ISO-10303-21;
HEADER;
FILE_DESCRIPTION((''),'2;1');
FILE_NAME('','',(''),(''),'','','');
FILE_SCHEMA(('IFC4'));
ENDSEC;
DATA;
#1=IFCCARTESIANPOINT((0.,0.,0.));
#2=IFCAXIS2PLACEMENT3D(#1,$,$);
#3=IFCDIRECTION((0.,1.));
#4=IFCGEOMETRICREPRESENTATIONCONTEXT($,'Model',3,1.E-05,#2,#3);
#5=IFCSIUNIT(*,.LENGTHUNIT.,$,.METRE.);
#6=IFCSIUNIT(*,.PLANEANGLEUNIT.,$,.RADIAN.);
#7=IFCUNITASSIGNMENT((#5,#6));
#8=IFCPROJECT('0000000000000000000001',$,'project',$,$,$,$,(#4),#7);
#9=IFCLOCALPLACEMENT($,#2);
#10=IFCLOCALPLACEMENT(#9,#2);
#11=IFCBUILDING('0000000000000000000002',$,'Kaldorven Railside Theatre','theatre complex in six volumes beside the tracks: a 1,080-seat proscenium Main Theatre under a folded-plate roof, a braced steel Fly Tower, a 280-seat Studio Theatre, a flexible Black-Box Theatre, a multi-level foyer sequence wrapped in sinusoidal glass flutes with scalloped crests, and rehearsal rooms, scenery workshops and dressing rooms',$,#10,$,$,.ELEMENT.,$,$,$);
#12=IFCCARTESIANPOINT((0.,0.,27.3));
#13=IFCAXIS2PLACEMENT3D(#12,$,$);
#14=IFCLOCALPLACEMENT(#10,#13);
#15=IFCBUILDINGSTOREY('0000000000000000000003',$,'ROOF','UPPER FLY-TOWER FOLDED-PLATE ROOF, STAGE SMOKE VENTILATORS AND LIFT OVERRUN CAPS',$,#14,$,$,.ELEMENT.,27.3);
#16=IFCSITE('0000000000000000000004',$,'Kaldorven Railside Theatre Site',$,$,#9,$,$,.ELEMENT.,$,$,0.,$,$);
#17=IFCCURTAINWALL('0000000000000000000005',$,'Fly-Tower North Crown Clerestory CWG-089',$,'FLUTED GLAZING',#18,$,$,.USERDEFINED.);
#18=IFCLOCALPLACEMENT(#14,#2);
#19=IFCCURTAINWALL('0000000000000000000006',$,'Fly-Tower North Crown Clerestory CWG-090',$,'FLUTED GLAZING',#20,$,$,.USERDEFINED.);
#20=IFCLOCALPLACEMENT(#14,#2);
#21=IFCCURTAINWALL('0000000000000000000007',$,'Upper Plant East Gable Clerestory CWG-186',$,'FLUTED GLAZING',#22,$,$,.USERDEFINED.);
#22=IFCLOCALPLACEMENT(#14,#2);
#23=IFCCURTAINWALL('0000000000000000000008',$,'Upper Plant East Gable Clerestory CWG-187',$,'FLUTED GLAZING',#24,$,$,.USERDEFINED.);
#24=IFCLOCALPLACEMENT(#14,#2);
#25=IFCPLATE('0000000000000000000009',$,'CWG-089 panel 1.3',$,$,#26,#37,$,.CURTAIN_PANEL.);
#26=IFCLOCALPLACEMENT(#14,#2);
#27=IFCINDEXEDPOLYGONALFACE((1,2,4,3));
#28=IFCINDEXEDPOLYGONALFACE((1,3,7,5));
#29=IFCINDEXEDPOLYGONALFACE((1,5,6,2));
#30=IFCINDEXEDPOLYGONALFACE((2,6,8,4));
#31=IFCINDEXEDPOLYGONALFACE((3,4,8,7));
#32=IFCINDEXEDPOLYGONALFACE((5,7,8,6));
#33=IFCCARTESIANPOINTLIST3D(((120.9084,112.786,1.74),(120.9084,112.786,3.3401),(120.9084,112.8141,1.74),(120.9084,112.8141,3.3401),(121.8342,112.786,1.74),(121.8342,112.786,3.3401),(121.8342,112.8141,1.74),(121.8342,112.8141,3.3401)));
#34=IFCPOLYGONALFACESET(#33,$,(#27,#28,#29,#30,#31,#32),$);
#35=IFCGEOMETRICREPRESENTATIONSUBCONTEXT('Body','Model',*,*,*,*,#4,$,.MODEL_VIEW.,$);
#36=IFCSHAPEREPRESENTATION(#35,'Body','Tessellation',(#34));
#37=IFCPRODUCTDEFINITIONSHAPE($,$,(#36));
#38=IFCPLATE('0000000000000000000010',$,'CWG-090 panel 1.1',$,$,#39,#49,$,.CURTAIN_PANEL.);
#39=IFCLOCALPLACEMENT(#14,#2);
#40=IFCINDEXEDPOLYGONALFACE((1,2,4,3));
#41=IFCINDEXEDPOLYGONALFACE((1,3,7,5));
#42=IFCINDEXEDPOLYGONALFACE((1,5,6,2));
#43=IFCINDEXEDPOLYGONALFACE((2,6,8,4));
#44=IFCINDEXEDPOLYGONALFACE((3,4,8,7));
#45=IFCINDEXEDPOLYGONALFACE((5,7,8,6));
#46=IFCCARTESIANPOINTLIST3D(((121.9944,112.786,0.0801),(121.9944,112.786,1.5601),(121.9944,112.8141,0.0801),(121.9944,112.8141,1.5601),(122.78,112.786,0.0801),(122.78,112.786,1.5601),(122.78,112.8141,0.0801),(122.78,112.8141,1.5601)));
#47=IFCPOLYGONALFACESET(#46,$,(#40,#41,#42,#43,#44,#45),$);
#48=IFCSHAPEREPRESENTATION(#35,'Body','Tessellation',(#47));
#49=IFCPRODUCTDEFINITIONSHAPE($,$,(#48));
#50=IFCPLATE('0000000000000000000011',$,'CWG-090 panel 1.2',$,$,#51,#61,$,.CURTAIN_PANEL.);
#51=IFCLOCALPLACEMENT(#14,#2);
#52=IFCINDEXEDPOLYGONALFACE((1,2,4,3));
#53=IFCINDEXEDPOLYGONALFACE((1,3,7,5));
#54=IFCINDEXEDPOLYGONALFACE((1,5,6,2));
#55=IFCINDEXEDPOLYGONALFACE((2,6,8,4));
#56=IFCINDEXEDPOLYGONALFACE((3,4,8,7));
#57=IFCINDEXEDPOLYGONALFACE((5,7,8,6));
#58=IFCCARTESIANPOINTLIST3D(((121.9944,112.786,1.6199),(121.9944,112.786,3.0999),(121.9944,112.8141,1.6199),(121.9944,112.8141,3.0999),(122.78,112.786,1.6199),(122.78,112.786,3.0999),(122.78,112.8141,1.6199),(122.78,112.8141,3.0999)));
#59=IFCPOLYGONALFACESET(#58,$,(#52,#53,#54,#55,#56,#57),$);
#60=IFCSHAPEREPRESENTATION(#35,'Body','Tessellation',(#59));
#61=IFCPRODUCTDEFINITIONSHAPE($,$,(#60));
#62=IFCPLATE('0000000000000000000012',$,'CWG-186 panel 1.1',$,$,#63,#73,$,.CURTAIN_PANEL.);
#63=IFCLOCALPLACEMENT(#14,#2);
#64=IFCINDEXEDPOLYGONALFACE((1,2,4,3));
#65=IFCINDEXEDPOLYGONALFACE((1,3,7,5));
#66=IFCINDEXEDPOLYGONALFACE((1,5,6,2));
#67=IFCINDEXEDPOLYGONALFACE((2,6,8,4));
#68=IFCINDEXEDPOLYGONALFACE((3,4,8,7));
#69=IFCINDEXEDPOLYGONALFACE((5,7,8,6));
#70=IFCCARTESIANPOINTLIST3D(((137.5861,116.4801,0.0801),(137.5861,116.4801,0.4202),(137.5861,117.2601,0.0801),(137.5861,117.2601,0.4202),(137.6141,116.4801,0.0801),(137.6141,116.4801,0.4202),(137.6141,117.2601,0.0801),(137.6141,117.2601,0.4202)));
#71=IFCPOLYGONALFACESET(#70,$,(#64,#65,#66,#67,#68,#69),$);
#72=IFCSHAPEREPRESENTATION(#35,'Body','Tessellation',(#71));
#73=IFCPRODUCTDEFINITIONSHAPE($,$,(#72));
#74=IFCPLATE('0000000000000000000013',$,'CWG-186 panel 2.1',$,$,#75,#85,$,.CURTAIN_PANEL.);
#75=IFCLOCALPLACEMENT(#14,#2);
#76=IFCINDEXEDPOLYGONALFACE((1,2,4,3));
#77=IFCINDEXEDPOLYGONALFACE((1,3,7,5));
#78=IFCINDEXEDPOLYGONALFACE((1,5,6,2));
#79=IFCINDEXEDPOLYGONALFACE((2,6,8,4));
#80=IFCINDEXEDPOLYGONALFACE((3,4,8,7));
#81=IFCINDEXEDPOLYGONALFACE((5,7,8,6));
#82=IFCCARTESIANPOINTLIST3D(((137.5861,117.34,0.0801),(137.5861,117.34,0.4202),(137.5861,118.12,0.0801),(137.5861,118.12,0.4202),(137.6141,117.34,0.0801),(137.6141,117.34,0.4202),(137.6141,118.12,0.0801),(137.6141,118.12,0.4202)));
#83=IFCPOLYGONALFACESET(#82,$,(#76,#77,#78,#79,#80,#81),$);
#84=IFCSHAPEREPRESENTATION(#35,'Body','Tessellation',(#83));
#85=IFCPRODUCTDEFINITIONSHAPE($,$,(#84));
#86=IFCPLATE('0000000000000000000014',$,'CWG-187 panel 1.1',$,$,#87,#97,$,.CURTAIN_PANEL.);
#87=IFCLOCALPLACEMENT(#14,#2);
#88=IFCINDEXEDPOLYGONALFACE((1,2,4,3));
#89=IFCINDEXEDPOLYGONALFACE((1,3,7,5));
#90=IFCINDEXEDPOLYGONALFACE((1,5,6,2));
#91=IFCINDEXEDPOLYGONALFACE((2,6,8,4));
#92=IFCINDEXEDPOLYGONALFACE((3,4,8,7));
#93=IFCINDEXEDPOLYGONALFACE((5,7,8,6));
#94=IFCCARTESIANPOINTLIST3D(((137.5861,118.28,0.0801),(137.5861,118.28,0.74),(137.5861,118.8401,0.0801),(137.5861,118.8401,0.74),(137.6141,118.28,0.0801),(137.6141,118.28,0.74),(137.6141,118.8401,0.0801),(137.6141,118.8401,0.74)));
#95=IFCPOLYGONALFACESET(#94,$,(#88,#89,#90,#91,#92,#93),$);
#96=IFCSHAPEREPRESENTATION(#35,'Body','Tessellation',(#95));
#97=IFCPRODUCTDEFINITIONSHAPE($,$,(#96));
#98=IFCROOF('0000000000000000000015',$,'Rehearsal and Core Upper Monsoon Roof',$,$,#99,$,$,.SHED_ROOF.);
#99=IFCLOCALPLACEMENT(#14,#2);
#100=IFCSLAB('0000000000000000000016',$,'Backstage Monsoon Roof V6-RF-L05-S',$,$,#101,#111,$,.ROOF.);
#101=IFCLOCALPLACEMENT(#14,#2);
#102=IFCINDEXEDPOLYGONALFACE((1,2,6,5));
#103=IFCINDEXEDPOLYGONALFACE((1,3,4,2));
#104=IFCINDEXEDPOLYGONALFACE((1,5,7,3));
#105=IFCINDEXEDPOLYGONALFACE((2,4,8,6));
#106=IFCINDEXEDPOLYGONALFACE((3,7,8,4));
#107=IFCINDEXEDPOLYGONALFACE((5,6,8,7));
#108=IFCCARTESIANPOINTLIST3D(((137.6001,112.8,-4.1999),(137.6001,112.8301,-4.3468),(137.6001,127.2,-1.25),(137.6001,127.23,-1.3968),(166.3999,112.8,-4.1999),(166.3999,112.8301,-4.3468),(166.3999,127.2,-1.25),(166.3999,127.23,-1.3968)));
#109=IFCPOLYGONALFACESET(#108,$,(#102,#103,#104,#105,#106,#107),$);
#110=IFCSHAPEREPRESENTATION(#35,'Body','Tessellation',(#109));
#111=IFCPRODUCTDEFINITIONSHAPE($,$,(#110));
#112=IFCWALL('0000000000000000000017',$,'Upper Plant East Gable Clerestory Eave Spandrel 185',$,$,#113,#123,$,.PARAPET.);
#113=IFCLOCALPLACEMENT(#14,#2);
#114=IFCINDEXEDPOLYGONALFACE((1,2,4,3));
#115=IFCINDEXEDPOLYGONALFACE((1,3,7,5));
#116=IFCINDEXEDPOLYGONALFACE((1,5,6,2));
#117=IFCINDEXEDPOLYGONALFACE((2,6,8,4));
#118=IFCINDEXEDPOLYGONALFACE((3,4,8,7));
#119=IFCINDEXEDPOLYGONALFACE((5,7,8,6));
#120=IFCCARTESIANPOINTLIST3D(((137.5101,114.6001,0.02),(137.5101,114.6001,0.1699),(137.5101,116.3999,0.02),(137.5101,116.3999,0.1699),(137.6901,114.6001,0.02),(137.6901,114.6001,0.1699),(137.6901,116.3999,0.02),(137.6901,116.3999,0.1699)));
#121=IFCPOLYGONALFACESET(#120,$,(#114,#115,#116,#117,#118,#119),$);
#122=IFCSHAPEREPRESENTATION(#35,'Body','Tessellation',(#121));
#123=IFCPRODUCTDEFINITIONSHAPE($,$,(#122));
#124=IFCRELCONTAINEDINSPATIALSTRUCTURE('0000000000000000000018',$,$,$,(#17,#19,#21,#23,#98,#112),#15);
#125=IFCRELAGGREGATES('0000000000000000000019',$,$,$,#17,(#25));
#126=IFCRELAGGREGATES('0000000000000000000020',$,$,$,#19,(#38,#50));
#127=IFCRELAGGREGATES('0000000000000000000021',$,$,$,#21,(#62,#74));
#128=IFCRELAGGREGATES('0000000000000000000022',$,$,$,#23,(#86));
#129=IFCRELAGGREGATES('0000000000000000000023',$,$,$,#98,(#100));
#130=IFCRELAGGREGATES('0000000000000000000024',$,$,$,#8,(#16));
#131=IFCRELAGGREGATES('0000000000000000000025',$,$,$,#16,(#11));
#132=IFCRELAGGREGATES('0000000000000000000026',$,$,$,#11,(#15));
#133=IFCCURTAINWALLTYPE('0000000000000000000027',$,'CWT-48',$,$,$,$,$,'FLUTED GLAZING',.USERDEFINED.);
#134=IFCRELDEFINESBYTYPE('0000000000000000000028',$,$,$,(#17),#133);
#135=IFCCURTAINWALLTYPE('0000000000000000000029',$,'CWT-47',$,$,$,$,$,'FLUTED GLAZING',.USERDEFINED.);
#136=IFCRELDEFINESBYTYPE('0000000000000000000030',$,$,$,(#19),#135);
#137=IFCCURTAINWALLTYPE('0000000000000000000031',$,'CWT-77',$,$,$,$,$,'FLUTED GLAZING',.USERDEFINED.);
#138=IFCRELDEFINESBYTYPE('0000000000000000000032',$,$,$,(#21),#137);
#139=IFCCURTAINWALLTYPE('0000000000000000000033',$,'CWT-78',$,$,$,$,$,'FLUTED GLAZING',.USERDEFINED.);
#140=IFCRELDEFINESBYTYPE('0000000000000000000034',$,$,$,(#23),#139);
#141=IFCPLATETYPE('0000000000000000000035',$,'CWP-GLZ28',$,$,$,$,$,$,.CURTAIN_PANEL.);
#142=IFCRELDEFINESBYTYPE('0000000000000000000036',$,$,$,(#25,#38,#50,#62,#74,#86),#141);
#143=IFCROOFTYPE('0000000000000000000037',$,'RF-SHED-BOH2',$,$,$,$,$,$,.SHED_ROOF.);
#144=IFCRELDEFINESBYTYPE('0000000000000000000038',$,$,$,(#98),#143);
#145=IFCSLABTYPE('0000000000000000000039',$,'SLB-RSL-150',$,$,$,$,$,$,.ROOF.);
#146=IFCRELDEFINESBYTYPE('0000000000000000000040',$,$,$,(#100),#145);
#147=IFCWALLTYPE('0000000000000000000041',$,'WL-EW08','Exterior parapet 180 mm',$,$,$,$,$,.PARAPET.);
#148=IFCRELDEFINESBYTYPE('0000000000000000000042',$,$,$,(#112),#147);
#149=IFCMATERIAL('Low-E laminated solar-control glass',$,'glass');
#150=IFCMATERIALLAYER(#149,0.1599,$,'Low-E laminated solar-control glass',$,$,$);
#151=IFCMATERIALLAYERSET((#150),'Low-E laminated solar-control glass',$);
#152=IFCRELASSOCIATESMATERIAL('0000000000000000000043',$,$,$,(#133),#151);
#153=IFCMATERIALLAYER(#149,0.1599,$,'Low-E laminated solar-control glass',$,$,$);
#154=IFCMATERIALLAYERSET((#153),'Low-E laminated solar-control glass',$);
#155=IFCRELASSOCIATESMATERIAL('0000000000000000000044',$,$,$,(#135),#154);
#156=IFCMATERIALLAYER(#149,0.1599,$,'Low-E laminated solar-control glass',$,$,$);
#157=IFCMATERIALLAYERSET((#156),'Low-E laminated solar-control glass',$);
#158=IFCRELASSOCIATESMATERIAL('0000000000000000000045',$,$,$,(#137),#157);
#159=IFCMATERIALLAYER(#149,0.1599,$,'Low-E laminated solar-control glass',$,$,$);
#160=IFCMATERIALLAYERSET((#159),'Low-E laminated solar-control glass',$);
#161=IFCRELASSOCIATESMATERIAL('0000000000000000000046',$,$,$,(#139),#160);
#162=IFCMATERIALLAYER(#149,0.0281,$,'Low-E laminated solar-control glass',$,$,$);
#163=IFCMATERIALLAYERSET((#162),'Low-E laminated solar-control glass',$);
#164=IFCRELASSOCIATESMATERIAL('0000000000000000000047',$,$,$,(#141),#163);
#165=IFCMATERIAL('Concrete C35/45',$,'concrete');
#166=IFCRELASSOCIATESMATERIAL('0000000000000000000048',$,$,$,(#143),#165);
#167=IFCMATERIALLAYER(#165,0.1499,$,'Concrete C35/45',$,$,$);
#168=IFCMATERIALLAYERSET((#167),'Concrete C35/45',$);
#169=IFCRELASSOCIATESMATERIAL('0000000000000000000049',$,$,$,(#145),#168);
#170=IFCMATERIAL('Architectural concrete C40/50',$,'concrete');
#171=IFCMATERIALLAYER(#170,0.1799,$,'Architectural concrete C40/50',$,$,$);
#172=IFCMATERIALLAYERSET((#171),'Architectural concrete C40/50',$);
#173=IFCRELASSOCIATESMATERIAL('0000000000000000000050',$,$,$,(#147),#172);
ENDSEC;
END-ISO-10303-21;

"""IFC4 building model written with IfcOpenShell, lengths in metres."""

from ifc_helpers import new_model, si_unit, direction, frame, frame_2d, origin, origin_2d, place, context, subcontext, project, spatial, polyline, rectangle, outline, extrude, material, layer, layer_set, type_object, element, aggregate, save


model = new_model("IFC4")

# Units and contexts
model_context = context("Model", 3, precision=1e-05, world=origin(), true_north=direction((0.0, 1.0)))
body_context = subcontext(model_context, "Body", "Model", "MODEL_VIEW")
ifc_project = project(units=[si_unit("LENGTHUNIT", "METRE"), si_unit("PLANEANGLEUNIT", "RADIAN")], contexts=[model_context])

# Site, building, storey
site_placement = place(None, origin())
site = spatial("IfcSite", under=ifc_project, at=site_placement, Name="Kaldorven Railside Theatre Site", CompositionType="ELEMENT", RefElevation=0.0)
building_placement = place(site_placement, origin())
building = spatial("IfcBuilding", under=site, at=building_placement, Name="Kaldorven Railside Theatre", Description="theatre complex in six volumes beside the tracks: a 1,080-seat proscenium Main Theatre under a folded-plate roof, a braced steel Fly Tower, a 280-seat Studio Theatre, a flexible Black-Box Theatre, a multi-level foyer sequence wrapped in sinusoidal glass flutes with scalloped crests, and rehearsal rooms, scenery workshops and dressing rooms", CompositionType="ELEMENT")
storey_placement = place(building_placement, frame((0.0, 0.0, 27.3)))
storey = spatial("IfcBuildingStorey", under=building, at=storey_placement, Name="ROOF", Description="UPPER FLY-TOWER FOLDED-PLATE ROOF, STAGE SMOKE VENTILATORS AND LIFT OVERRUN CAPS", CompositionType="ELEMENT", Elevation=27.3)

# Curtain wall
ifc_material_1 = material(Name="Low-E laminated solar-control glass", Category="glass")
ifc_layer_1 = layer(ifc_material_1, 0.1599, Name="Low-E laminated solar-control glass")
ifc_layer_set_1 = layer_set([ifc_layer_1], Name="Low-E laminated solar-control glass")
curtain_wall_type_1 = type_object("IfcCurtainWallType", Name="CWT-48", ElementType="FLUTED GLAZING", PredefinedType="USERDEFINED", material=ifc_layer_set_1)
curtain_wall_1_placement = place(storey_placement, origin())
curtain_wall_1 = element("IfcCurtainWall", 1, at=curtain_wall_1_placement, inside=storey, type_object=curtain_wall_type_1, Name="Fly-Tower North Crown Clerestory CWG-089", ObjectType="FLUTED GLAZING", PredefinedType="USERDEFINED")

# Curtain walls
ifc_layer_2 = layer(ifc_material_1, 0.1599, Name="Low-E laminated solar-control glass")
ifc_layer_set_2 = layer_set([ifc_layer_2], Name="Low-E laminated solar-control glass")
curtain_wall_type_2 = type_object("IfcCurtainWallType", Name="CWT-47", ElementType="FLUTED GLAZING", PredefinedType="USERDEFINED", material=ifc_layer_set_2)
curtain_wall_2_placement = place(storey_placement, origin())
curtain_wall_2 = element("IfcCurtainWall", 2, at=curtain_wall_2_placement, inside=storey, type_object=curtain_wall_type_2, Name="Fly-Tower North Crown Clerestory CWG-090", ObjectType="FLUTED GLAZING", PredefinedType="USERDEFINED")
ifc_layer_3 = layer(ifc_material_1, 0.1599, Name="Low-E laminated solar-control glass")
ifc_layer_set_3 = layer_set([ifc_layer_3], Name="Low-E laminated solar-control glass")
curtain_wall_type_3 = type_object("IfcCurtainWallType", Name="CWT-77", ElementType="FLUTED GLAZING", PredefinedType="USERDEFINED", material=ifc_layer_set_3)
curtain_wall_3_placement = place(storey_placement, origin())
curtain_wall_3 = element("IfcCurtainWall", 3, at=curtain_wall_3_placement, inside=storey, type_object=curtain_wall_type_3, Name="Upper Plant East Gable Clerestory CWG-186", ObjectType="FLUTED GLAZING", PredefinedType="USERDEFINED")
ifc_layer_4 = layer(ifc_material_1, 0.1599, Name="Low-E laminated solar-control glass")
ifc_layer_set_4 = layer_set([ifc_layer_4], Name="Low-E laminated solar-control glass")
curtain_wall_type_4 = type_object("IfcCurtainWallType", Name="CWT-78", ElementType="FLUTED GLAZING", PredefinedType="USERDEFINED", material=ifc_layer_set_4)
curtain_wall_4_placement = place(storey_placement, origin())
curtain_wall_4 = element("IfcCurtainWall", 4, at=curtain_wall_4_placement, inside=storey, type_object=curtain_wall_type_4, Name="Upper Plant East Gable Clerestory CWG-187", ObjectType="FLUTED GLAZING", PredefinedType="USERDEFINED")

# Plates
ifc_layer_5 = layer(ifc_material_1, 0.0281, Name="Low-E laminated solar-control glass")
ifc_layer_set_5 = layer_set([ifc_layer_5], Name="Low-E laminated solar-control glass")
plate_type = type_object("IfcPlateType", Name="CWP-GLZ28", PredefinedType="CURTAIN_PANEL", material=ifc_layer_set_5)
plate_1_placement = place(storey_placement, frame((121.3713, 112.8, 1.74), z_axis=(0.0, 0.0, 1.0), x_axis=(1.0, 0.0, 0.0)))
plate_1 = element("IfcPlate", 5, at=plate_1_placement, type_object=plate_type, Name="CWG-089 panel 1.3", PredefinedType="CURTAIN_PANEL", context=body_context, shape_type="SweptSolid", body=[
    extrude(rectangle(XDim=0.9258, YDim=0.0281, at=origin_2d()), origin(), (0.0, 0.0, 1.0), 1.6001),
])
aggregate(curtain_wall_1, [plate_1])
plate_2_placement = place(storey_placement, frame((122.3872, 112.8, 0.0801), z_axis=(0.0, 0.0, 1.0), x_axis=(1.0, 0.0, 0.0)))
plate_2 = element("IfcPlate", 6, at=plate_2_placement, type_object=plate_type, Name="CWG-090 panel 1.1", PredefinedType="CURTAIN_PANEL", context=body_context, shape_type="SweptSolid", body=[
    extrude(rectangle(XDim=0.7856, YDim=0.0281, at=origin_2d()), origin(), (0.0, 0.0, 1.0), 1.48),
])
plate_3_placement = place(storey_placement, frame((122.3872, 112.8, 1.6199), z_axis=(0.0, 0.0, 1.0), x_axis=(1.0, 0.0, 0.0)))
plate_3 = element("IfcPlate", 7, at=plate_3_placement, type_object=plate_type, Name="CWG-090 panel 1.2", PredefinedType="CURTAIN_PANEL", context=body_context, shape_type="SweptSolid", body=[
    extrude(rectangle(XDim=0.7856, YDim=0.0281, at=origin_2d()), origin(), (0.0, 0.0, 1.0), 1.48),
])
aggregate(curtain_wall_2, [plate_2, plate_3])
plate_4_placement = place(storey_placement, frame((137.6001, 116.8701, 0.0801), z_axis=(0.0, 0.0, 1.0), x_axis=(0.0, 1.0, 0.0)))
plate_4 = element("IfcPlate", 8, at=plate_4_placement, type_object=plate_type, Name="CWG-186 panel 1.1", PredefinedType="CURTAIN_PANEL", context=body_context, shape_type="SweptSolid", body=[
    extrude(rectangle(XDim=0.78, YDim=0.0281, at=origin_2d()), origin(), (0.0, 0.0, 1.0), 0.3401),
])
plate_5_placement = place(storey_placement, frame((137.6001, 117.73, 0.0801), z_axis=(0.0, 0.0, 1.0), x_axis=(0.0, 1.0, 0.0)))
plate_5 = element("IfcPlate", 9, at=plate_5_placement, type_object=plate_type, Name="CWG-186 panel 2.1", PredefinedType="CURTAIN_PANEL", context=body_context, shape_type="SweptSolid", body=[
    extrude(rectangle(XDim=0.78, YDim=0.0281, at=origin_2d()), origin(), (0.0, 0.0, 1.0), 0.3401),
])
aggregate(curtain_wall_3, [plate_4, plate_5])
plate_6_placement = place(storey_placement, frame((137.6001, 118.5601, 0.0801), z_axis=(0.0, 0.0, 1.0), x_axis=(0.0, 1.0, 0.0)))
plate_6 = element("IfcPlate", 10, at=plate_6_placement, type_object=plate_type, Name="CWG-187 panel 1.1", PredefinedType="CURTAIN_PANEL", context=body_context, shape_type="SweptSolid", body=[
    extrude(rectangle(XDim=0.5601, YDim=0.0281, at=origin_2d()), origin(), (0.0, 0.0, 1.0), 0.6599),
])
aggregate(curtain_wall_4, [plate_6])

# Roof, slab
ifc_material_2 = material(Name="Concrete C35/45", Category="concrete")
roof_type = type_object("IfcRoofType", Name="RF-SHED-BOH2", PredefinedType="SHED_ROOF", material=ifc_material_2)
roof_placement = place(storey_placement, origin())
roof = element("IfcRoof", 11, at=roof_placement, inside=storey, type_object=roof_type, Name="Rehearsal and Core Upper Monsoon Roof", PredefinedType="SHED_ROOF")
ifc_layer_6 = layer(ifc_material_2, 0.1499, Name="Concrete C35/45")
ifc_layer_set_6 = layer_set([ifc_layer_6], Name="Concrete C35/45")
slab_type = type_object("IfcSlabType", Name="SLB-RSL-150", PredefinedType="ROOF", material=ifc_layer_set_6)
placement = place(building_placement, frame((0.0, 0.0, 23.1001)))
slab_placement = place(placement, frame((137.6001, 112.8, 0.0), z_axis=(0.0, -0.200691, 0.979655), x_axis=(1.0, 0.0, 0.0)))
slab = element("IfcSlab", 12, at=slab_placement, type_object=slab_type, Name="Backstage Monsoon Roof V6-RF-L05-S", PredefinedType="ROOF", context=body_context, shape_type="SweptSolid", body=[
    extrude(outline(polyline([(0.0, 0.0), (28.7998, 0.0), (28.7998, 14.699), (0.0, 14.699), (0.0, 0.0)])), origin(), (0.0, 0.0, -1.0), 0.1499),
])
aggregate(roof, [slab])

# Wall
ifc_material_3 = material(Name="Architectural concrete C40/50", Category="concrete")
ifc_layer_7 = layer(ifc_material_3, 0.1799, Name="Architectural concrete C40/50")
ifc_layer_set_7 = layer_set([ifc_layer_7], Name="Architectural concrete C40/50")
wall_type = type_object("IfcWallType", Name="WL-EW08", Description="Exterior parapet 180 mm", PredefinedType="PARAPET", material=ifc_layer_set_7)
wall_placement = place(storey_placement, frame((137.6001, 114.6001, 0.02), z_axis=(0.0, 0.0, 1.0), x_axis=(0.0, 1.0, 0.0)))
element("IfcWall", 13, at=wall_placement, inside=storey, type_object=wall_type, Name="Upper Plant East Gable Clerestory Eave Spandrel 185", PredefinedType="PARAPET", context=body_context, shape_type="SweptSolid", body=[
    extrude(rectangle(XDim=1.7998, YDim=0.1799, at=frame_2d((0.8999, 0.0))), origin(), (0.0, 0.0, 1.0), 0.1499),
])

save(model, "model.ifc")
